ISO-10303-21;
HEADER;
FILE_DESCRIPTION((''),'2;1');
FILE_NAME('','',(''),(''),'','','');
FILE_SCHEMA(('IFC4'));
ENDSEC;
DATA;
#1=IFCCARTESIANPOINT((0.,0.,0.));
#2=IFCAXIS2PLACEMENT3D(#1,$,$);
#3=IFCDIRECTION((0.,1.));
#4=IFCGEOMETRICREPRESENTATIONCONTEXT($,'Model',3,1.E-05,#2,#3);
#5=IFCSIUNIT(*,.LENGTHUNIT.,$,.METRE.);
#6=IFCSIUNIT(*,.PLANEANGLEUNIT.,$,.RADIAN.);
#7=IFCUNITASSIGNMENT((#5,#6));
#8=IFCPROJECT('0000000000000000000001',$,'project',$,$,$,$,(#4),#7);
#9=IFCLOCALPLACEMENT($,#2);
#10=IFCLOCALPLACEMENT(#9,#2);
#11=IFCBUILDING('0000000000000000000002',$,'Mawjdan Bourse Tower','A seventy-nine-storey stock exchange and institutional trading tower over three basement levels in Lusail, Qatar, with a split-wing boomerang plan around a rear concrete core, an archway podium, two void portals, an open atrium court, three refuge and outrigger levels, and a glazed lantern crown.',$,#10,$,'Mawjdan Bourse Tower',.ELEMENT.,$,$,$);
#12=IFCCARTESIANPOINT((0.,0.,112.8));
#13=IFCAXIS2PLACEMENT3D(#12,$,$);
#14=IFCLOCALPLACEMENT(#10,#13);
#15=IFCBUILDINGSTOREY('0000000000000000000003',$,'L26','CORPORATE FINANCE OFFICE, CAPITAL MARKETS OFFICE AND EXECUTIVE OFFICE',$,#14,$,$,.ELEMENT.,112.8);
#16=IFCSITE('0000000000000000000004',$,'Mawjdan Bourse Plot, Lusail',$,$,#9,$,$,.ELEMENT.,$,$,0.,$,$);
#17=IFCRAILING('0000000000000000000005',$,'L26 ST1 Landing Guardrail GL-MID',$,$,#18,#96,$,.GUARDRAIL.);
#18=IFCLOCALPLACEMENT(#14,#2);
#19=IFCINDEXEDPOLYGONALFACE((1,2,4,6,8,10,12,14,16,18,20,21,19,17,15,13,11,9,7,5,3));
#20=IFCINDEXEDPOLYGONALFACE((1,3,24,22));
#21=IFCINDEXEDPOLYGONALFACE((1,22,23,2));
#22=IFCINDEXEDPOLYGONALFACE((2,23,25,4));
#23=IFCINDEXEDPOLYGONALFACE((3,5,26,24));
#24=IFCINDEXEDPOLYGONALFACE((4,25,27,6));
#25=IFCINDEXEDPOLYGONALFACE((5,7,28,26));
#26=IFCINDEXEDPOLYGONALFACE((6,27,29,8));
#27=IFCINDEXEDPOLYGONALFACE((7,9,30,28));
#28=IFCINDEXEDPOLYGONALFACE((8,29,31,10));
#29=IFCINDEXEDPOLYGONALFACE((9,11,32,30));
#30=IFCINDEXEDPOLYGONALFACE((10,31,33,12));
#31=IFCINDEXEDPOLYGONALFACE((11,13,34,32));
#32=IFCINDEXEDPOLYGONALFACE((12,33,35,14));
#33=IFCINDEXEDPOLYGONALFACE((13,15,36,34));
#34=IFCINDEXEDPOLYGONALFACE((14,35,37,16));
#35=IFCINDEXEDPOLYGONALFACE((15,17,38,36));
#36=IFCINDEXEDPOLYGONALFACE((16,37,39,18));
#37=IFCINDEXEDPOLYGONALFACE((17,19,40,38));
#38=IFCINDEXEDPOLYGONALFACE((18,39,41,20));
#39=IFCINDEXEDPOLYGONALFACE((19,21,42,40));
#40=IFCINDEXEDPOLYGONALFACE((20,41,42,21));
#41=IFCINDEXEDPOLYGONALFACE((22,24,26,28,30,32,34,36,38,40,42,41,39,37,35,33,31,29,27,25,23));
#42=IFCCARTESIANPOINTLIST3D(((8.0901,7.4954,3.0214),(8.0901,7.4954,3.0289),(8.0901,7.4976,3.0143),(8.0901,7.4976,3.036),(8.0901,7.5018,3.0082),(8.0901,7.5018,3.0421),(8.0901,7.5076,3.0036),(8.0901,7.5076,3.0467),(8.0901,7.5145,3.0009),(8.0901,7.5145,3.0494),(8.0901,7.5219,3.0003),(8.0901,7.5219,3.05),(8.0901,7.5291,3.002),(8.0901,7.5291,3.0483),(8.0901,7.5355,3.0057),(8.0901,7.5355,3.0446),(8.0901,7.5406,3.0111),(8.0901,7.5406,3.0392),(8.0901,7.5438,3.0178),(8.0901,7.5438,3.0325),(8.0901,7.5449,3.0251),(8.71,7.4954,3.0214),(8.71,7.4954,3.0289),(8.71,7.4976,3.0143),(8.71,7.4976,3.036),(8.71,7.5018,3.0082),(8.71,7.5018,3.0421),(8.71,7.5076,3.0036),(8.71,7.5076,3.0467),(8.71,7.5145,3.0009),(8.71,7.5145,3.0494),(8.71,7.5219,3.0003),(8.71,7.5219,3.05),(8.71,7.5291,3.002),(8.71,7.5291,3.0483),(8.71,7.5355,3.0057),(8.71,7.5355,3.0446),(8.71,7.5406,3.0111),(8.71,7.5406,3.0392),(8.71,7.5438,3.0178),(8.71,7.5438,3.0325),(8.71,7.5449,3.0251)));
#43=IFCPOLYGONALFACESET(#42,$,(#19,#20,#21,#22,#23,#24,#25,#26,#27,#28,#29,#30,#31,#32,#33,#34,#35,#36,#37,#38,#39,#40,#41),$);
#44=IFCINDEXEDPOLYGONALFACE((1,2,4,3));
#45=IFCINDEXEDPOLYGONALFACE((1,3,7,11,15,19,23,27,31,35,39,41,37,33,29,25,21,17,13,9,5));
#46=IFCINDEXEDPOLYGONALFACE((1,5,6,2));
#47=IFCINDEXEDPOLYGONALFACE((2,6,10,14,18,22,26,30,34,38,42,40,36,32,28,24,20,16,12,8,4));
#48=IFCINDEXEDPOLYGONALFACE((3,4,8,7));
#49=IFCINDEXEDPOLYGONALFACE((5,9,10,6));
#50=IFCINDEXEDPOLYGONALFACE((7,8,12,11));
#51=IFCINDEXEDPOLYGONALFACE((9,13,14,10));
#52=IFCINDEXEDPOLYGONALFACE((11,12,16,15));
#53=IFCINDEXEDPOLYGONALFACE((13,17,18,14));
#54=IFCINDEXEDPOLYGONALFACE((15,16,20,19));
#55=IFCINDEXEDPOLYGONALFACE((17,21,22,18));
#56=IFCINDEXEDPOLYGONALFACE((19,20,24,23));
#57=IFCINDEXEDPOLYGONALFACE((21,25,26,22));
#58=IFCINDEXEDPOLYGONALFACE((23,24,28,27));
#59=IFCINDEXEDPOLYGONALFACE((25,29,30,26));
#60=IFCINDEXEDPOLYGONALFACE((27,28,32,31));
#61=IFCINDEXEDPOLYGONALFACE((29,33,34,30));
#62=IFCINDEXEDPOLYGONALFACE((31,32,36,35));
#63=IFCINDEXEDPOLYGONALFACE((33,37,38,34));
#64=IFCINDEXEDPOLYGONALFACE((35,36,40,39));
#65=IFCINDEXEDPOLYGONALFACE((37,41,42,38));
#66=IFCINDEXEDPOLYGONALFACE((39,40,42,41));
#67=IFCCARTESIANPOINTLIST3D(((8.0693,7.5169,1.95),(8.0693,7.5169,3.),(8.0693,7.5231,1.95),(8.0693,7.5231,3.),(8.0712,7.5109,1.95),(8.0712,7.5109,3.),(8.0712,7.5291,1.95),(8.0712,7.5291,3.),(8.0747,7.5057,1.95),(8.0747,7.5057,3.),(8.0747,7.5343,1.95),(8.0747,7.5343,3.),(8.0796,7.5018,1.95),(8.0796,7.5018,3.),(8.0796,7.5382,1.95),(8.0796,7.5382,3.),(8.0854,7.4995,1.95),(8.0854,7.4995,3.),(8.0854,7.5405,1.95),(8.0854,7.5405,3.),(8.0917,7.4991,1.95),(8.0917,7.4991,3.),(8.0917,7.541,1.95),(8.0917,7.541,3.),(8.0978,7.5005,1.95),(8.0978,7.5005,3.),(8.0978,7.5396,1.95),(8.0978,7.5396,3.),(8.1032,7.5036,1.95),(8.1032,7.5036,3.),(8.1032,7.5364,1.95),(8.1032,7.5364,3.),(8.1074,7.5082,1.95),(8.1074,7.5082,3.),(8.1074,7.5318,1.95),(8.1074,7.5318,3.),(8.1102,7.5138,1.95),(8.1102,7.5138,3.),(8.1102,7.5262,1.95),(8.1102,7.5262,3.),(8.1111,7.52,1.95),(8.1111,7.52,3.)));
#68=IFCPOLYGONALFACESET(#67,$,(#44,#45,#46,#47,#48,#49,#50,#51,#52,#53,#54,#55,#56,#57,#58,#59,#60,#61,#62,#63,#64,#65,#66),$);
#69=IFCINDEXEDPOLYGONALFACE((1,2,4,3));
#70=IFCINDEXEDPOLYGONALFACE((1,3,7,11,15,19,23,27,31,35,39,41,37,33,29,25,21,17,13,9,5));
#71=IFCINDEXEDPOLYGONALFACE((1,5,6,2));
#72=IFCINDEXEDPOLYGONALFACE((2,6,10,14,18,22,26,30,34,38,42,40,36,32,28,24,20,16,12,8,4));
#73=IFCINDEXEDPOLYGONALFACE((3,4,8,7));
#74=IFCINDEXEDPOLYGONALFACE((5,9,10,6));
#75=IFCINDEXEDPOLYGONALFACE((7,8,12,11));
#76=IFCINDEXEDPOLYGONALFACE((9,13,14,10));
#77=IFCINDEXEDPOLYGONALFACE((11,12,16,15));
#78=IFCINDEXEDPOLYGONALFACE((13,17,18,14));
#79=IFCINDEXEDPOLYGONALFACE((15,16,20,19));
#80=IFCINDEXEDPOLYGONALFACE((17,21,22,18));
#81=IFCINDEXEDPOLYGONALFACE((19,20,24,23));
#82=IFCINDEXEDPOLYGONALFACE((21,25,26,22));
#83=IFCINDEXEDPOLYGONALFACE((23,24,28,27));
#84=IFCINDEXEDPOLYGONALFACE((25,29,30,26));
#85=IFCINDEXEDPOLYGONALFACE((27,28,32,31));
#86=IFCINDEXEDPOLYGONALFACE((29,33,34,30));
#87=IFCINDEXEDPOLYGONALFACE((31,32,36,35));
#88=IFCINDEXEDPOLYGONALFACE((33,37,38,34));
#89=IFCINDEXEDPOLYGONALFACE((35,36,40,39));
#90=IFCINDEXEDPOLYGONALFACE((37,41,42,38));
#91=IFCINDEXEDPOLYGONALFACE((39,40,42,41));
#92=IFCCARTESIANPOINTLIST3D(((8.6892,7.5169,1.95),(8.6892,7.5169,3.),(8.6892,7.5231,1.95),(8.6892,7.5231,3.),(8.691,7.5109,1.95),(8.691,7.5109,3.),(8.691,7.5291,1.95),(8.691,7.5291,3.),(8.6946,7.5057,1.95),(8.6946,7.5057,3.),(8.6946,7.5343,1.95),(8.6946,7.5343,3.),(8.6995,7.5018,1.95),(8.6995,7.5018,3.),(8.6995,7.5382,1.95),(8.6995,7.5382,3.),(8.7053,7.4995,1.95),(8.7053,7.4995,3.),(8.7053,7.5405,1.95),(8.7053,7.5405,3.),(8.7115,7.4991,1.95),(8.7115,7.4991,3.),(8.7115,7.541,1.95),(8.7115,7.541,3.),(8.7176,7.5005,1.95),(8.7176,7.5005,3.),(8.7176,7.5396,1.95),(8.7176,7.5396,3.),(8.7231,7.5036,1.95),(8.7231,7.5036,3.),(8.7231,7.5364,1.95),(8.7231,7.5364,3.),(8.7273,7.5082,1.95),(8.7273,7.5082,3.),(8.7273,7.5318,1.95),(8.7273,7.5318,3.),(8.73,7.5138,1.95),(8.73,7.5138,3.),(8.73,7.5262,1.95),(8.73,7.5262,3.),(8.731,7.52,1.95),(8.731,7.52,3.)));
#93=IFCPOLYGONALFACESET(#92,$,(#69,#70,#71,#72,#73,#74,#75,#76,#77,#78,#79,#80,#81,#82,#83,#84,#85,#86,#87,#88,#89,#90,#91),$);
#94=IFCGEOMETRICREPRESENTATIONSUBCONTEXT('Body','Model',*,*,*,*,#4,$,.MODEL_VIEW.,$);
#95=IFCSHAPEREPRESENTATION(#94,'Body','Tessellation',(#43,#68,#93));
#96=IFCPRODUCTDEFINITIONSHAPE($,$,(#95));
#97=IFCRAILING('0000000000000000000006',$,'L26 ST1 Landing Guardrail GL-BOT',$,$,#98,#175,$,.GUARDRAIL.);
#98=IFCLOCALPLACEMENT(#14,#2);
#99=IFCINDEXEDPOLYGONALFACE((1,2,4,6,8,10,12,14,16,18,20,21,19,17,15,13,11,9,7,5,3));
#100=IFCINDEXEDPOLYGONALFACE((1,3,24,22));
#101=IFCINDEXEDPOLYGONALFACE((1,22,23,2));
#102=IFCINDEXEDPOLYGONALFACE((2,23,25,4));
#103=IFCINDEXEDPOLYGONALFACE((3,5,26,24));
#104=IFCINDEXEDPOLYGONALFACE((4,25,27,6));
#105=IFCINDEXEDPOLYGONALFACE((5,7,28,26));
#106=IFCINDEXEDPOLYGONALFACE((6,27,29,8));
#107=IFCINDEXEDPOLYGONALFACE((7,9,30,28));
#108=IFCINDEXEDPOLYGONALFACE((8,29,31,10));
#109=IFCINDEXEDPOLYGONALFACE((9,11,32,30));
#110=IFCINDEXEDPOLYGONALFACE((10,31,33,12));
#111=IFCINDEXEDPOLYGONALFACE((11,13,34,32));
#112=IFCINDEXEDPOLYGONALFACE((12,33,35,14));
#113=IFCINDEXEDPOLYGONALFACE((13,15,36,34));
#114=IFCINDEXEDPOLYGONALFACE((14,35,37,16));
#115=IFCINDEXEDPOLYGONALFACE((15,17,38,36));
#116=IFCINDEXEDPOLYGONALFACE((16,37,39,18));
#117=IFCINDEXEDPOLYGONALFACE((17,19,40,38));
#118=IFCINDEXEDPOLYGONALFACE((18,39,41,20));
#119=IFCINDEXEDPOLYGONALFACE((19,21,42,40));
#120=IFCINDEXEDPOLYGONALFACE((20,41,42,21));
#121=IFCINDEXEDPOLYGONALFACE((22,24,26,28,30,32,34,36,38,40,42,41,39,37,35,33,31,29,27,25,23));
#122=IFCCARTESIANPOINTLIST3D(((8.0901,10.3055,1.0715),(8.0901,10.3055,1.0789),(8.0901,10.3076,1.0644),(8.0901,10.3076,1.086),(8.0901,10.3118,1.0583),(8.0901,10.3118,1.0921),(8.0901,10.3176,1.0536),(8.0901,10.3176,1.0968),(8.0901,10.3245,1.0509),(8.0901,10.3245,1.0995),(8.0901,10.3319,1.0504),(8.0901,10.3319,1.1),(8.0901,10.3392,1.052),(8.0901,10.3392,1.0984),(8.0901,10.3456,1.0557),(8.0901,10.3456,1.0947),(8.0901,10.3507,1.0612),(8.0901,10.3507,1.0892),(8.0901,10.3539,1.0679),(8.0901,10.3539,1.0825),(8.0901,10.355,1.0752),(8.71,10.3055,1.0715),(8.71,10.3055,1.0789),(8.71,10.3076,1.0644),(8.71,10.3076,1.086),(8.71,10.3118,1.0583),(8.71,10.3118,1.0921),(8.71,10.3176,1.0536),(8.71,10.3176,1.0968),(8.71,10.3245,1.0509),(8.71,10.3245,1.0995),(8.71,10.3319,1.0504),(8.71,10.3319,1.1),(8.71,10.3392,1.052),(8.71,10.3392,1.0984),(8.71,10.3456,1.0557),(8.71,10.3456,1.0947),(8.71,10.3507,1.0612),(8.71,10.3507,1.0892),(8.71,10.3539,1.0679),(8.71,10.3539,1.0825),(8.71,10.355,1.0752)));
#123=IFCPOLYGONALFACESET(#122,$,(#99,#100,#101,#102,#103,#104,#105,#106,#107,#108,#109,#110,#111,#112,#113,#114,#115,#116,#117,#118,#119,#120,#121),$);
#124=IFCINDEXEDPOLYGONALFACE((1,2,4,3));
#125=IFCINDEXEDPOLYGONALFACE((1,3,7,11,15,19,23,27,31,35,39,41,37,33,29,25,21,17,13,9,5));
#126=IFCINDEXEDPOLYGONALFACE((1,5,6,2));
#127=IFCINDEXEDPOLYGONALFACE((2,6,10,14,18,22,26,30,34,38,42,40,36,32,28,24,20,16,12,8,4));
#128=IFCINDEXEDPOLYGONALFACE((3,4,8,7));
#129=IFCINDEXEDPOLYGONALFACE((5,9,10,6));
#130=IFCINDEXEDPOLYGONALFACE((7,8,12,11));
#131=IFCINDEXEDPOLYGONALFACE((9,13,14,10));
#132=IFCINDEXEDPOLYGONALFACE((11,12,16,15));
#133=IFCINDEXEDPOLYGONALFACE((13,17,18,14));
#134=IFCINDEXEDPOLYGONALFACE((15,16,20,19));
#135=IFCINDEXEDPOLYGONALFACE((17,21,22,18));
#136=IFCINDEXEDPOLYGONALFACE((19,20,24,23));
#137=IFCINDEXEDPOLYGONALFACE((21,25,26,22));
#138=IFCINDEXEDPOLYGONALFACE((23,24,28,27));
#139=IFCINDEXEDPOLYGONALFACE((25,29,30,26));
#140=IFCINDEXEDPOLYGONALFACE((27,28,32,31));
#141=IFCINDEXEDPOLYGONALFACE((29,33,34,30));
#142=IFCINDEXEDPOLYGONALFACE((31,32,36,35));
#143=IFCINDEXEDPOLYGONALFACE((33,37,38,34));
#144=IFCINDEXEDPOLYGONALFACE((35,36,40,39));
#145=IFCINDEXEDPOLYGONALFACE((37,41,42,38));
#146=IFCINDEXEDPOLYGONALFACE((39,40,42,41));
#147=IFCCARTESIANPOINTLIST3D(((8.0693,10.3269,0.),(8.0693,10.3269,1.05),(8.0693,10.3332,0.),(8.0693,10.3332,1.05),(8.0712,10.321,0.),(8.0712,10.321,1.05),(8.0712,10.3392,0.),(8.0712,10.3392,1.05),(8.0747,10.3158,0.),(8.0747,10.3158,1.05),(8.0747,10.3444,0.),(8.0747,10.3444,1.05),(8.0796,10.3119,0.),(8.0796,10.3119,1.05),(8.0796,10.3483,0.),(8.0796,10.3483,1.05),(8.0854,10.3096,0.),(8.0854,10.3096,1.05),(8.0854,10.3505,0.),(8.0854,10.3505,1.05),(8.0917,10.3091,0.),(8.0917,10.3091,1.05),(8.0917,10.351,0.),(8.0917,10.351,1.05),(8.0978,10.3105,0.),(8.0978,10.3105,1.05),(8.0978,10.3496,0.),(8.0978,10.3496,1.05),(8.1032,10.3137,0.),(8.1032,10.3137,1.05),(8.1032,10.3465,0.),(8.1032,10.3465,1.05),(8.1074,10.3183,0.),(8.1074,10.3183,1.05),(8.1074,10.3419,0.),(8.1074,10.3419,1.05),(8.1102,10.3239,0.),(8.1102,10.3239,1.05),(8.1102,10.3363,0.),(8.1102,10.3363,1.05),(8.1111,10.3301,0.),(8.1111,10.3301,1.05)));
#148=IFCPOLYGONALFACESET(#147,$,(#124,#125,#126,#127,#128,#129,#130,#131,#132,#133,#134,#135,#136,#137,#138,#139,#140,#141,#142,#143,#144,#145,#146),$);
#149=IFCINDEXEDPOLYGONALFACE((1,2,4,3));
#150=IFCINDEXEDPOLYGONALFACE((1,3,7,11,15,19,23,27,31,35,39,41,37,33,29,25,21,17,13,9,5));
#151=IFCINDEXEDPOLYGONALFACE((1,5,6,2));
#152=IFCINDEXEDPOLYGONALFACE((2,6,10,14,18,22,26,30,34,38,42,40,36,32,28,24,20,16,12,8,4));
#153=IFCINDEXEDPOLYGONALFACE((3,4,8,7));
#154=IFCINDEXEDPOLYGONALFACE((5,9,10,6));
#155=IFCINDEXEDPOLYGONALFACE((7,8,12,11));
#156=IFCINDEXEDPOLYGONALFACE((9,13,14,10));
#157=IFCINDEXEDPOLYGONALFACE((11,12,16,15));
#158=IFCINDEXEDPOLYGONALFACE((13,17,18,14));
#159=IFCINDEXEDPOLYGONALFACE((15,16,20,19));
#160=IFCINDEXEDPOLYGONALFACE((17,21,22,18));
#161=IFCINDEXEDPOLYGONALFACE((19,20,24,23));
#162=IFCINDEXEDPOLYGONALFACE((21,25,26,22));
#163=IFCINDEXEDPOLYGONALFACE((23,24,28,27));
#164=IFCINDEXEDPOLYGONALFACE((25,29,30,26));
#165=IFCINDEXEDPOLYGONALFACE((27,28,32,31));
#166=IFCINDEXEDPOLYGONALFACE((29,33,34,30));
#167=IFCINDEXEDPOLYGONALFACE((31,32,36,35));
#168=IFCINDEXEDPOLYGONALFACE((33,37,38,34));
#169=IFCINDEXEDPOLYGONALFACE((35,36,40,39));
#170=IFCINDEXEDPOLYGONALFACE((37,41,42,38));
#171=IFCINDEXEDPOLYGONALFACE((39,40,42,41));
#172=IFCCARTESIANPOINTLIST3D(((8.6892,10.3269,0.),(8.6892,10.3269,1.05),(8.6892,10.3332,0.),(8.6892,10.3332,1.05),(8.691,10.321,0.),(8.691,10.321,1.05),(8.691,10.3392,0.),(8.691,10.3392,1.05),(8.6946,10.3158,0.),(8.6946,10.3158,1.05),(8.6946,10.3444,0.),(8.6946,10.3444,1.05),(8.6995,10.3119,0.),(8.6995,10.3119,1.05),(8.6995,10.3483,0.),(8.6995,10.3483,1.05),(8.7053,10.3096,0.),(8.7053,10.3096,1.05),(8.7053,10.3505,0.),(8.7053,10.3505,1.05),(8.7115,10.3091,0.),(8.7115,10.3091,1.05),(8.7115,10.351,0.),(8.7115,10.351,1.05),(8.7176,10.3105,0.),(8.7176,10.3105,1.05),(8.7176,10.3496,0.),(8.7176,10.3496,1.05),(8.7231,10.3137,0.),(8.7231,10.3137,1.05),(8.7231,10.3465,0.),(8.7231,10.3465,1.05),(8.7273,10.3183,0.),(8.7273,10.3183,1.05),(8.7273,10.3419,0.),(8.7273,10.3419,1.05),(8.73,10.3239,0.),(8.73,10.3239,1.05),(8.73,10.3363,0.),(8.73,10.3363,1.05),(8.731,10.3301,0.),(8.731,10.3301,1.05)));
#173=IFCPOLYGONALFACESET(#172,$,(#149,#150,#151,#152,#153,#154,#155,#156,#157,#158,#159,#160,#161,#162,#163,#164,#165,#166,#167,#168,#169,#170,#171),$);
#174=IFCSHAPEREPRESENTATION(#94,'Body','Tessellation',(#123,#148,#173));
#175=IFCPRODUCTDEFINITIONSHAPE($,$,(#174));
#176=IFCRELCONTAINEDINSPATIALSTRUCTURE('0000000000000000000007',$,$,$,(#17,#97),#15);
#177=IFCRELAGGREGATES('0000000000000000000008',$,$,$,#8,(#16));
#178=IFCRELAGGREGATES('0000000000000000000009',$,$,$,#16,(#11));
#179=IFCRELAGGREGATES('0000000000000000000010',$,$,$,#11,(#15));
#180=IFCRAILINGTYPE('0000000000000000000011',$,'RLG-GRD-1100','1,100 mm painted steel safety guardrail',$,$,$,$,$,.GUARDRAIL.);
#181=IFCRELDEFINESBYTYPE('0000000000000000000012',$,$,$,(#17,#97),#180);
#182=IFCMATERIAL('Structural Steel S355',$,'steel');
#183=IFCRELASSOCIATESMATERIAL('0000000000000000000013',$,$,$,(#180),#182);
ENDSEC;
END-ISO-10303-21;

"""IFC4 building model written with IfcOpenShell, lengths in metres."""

from ifc_helpers import new_model, si_unit, direction, frame, origin, origin_2d, place, context, subcontext, project, spatial, circle, extrude, material, type_object, element, save


model = new_model("IFC4")

# Units and contexts
model_context = context("Model", 3, precision=1e-05, world=origin(), true_north=direction((0.0, 1.0)))
body_context = subcontext(model_context, "Body", "Model", "MODEL_VIEW")
ifc_project = project(units=[si_unit("LENGTHUNIT", "METRE"), si_unit("PLANEANGLEUNIT", "RADIAN")], contexts=[model_context])

# Site, building, storey
site_placement = place(None, origin())
site = spatial("IfcSite", under=ifc_project, at=site_placement, Name="Mawjdan Bourse Plot, Lusail", CompositionType="ELEMENT", RefElevation=0.0)
building_placement = place(site_placement, origin())
building = spatial("IfcBuilding", under=site, at=building_placement, Name="Mawjdan Bourse Tower", Description="A seventy-nine-storey stock exchange and institutional trading tower over three basement levels in Lusail, Qatar, with a split-wing boomerang plan around a rear concrete core, an archway podium, two void portals, an open atrium court, three refuge and outrigger levels, and a glazed lantern crown.", LongName="Mawjdan Bourse Tower", CompositionType="ELEMENT")
storey_placement = place(building_placement, frame((0.0, 0.0, 112.8)))
storey = spatial("IfcBuildingStorey", under=building, at=storey_placement, Name="L26", Description="CORPORATE FINANCE OFFICE, CAPITAL MARKETS OFFICE AND EXECUTIVE OFFICE", CompositionType="ELEMENT", Elevation=112.8)

# Railings
ifc_material_1 = material(Name="Structural Steel S355", Category="steel")
railing_type_1 = type_object("IfcRailingType", Name="RLG-GRD-1100", Description="1,100 mm painted steel safety guardrail", PredefinedType="GUARDRAIL", material=ifc_material_1)
for number, where, name in (
    (1, (8.0901, 7.52, 1.95), "L26 ST1 Landing Guardrail GL-MID"),
    (2, (8.0901, 10.3301, 0.0), "L26 ST1 Landing Guardrail GL-BOT"),
):
    element("IfcRailing", number, at=place(storey_placement, frame(where)), inside=storey, type_object=railing_type_1, Name=name, PredefinedType="GUARDRAIL", context=body_context, shape_type="SweptSolid", body=[
        extrude(circle(Radius=0.0249, at=origin_2d()), frame((0.0, 0.0, 1.0752), z_axis=(1.0, 0.0, 0.0), x_axis=(0.0, 1.0, 0.0)), (0.0, 0.0, 1.0), 0.6199),
        extrude(circle(Radius=0.021, at=origin_2d()), origin(), (0.0, 0.0, 1.0), 1.05),
        extrude(circle(Radius=0.021, at=origin_2d()), frame((0.6199, 0.0, 0.0)), (0.0, 0.0, 1.0), 1.05),
    ])

save(model, "model.ifc")
